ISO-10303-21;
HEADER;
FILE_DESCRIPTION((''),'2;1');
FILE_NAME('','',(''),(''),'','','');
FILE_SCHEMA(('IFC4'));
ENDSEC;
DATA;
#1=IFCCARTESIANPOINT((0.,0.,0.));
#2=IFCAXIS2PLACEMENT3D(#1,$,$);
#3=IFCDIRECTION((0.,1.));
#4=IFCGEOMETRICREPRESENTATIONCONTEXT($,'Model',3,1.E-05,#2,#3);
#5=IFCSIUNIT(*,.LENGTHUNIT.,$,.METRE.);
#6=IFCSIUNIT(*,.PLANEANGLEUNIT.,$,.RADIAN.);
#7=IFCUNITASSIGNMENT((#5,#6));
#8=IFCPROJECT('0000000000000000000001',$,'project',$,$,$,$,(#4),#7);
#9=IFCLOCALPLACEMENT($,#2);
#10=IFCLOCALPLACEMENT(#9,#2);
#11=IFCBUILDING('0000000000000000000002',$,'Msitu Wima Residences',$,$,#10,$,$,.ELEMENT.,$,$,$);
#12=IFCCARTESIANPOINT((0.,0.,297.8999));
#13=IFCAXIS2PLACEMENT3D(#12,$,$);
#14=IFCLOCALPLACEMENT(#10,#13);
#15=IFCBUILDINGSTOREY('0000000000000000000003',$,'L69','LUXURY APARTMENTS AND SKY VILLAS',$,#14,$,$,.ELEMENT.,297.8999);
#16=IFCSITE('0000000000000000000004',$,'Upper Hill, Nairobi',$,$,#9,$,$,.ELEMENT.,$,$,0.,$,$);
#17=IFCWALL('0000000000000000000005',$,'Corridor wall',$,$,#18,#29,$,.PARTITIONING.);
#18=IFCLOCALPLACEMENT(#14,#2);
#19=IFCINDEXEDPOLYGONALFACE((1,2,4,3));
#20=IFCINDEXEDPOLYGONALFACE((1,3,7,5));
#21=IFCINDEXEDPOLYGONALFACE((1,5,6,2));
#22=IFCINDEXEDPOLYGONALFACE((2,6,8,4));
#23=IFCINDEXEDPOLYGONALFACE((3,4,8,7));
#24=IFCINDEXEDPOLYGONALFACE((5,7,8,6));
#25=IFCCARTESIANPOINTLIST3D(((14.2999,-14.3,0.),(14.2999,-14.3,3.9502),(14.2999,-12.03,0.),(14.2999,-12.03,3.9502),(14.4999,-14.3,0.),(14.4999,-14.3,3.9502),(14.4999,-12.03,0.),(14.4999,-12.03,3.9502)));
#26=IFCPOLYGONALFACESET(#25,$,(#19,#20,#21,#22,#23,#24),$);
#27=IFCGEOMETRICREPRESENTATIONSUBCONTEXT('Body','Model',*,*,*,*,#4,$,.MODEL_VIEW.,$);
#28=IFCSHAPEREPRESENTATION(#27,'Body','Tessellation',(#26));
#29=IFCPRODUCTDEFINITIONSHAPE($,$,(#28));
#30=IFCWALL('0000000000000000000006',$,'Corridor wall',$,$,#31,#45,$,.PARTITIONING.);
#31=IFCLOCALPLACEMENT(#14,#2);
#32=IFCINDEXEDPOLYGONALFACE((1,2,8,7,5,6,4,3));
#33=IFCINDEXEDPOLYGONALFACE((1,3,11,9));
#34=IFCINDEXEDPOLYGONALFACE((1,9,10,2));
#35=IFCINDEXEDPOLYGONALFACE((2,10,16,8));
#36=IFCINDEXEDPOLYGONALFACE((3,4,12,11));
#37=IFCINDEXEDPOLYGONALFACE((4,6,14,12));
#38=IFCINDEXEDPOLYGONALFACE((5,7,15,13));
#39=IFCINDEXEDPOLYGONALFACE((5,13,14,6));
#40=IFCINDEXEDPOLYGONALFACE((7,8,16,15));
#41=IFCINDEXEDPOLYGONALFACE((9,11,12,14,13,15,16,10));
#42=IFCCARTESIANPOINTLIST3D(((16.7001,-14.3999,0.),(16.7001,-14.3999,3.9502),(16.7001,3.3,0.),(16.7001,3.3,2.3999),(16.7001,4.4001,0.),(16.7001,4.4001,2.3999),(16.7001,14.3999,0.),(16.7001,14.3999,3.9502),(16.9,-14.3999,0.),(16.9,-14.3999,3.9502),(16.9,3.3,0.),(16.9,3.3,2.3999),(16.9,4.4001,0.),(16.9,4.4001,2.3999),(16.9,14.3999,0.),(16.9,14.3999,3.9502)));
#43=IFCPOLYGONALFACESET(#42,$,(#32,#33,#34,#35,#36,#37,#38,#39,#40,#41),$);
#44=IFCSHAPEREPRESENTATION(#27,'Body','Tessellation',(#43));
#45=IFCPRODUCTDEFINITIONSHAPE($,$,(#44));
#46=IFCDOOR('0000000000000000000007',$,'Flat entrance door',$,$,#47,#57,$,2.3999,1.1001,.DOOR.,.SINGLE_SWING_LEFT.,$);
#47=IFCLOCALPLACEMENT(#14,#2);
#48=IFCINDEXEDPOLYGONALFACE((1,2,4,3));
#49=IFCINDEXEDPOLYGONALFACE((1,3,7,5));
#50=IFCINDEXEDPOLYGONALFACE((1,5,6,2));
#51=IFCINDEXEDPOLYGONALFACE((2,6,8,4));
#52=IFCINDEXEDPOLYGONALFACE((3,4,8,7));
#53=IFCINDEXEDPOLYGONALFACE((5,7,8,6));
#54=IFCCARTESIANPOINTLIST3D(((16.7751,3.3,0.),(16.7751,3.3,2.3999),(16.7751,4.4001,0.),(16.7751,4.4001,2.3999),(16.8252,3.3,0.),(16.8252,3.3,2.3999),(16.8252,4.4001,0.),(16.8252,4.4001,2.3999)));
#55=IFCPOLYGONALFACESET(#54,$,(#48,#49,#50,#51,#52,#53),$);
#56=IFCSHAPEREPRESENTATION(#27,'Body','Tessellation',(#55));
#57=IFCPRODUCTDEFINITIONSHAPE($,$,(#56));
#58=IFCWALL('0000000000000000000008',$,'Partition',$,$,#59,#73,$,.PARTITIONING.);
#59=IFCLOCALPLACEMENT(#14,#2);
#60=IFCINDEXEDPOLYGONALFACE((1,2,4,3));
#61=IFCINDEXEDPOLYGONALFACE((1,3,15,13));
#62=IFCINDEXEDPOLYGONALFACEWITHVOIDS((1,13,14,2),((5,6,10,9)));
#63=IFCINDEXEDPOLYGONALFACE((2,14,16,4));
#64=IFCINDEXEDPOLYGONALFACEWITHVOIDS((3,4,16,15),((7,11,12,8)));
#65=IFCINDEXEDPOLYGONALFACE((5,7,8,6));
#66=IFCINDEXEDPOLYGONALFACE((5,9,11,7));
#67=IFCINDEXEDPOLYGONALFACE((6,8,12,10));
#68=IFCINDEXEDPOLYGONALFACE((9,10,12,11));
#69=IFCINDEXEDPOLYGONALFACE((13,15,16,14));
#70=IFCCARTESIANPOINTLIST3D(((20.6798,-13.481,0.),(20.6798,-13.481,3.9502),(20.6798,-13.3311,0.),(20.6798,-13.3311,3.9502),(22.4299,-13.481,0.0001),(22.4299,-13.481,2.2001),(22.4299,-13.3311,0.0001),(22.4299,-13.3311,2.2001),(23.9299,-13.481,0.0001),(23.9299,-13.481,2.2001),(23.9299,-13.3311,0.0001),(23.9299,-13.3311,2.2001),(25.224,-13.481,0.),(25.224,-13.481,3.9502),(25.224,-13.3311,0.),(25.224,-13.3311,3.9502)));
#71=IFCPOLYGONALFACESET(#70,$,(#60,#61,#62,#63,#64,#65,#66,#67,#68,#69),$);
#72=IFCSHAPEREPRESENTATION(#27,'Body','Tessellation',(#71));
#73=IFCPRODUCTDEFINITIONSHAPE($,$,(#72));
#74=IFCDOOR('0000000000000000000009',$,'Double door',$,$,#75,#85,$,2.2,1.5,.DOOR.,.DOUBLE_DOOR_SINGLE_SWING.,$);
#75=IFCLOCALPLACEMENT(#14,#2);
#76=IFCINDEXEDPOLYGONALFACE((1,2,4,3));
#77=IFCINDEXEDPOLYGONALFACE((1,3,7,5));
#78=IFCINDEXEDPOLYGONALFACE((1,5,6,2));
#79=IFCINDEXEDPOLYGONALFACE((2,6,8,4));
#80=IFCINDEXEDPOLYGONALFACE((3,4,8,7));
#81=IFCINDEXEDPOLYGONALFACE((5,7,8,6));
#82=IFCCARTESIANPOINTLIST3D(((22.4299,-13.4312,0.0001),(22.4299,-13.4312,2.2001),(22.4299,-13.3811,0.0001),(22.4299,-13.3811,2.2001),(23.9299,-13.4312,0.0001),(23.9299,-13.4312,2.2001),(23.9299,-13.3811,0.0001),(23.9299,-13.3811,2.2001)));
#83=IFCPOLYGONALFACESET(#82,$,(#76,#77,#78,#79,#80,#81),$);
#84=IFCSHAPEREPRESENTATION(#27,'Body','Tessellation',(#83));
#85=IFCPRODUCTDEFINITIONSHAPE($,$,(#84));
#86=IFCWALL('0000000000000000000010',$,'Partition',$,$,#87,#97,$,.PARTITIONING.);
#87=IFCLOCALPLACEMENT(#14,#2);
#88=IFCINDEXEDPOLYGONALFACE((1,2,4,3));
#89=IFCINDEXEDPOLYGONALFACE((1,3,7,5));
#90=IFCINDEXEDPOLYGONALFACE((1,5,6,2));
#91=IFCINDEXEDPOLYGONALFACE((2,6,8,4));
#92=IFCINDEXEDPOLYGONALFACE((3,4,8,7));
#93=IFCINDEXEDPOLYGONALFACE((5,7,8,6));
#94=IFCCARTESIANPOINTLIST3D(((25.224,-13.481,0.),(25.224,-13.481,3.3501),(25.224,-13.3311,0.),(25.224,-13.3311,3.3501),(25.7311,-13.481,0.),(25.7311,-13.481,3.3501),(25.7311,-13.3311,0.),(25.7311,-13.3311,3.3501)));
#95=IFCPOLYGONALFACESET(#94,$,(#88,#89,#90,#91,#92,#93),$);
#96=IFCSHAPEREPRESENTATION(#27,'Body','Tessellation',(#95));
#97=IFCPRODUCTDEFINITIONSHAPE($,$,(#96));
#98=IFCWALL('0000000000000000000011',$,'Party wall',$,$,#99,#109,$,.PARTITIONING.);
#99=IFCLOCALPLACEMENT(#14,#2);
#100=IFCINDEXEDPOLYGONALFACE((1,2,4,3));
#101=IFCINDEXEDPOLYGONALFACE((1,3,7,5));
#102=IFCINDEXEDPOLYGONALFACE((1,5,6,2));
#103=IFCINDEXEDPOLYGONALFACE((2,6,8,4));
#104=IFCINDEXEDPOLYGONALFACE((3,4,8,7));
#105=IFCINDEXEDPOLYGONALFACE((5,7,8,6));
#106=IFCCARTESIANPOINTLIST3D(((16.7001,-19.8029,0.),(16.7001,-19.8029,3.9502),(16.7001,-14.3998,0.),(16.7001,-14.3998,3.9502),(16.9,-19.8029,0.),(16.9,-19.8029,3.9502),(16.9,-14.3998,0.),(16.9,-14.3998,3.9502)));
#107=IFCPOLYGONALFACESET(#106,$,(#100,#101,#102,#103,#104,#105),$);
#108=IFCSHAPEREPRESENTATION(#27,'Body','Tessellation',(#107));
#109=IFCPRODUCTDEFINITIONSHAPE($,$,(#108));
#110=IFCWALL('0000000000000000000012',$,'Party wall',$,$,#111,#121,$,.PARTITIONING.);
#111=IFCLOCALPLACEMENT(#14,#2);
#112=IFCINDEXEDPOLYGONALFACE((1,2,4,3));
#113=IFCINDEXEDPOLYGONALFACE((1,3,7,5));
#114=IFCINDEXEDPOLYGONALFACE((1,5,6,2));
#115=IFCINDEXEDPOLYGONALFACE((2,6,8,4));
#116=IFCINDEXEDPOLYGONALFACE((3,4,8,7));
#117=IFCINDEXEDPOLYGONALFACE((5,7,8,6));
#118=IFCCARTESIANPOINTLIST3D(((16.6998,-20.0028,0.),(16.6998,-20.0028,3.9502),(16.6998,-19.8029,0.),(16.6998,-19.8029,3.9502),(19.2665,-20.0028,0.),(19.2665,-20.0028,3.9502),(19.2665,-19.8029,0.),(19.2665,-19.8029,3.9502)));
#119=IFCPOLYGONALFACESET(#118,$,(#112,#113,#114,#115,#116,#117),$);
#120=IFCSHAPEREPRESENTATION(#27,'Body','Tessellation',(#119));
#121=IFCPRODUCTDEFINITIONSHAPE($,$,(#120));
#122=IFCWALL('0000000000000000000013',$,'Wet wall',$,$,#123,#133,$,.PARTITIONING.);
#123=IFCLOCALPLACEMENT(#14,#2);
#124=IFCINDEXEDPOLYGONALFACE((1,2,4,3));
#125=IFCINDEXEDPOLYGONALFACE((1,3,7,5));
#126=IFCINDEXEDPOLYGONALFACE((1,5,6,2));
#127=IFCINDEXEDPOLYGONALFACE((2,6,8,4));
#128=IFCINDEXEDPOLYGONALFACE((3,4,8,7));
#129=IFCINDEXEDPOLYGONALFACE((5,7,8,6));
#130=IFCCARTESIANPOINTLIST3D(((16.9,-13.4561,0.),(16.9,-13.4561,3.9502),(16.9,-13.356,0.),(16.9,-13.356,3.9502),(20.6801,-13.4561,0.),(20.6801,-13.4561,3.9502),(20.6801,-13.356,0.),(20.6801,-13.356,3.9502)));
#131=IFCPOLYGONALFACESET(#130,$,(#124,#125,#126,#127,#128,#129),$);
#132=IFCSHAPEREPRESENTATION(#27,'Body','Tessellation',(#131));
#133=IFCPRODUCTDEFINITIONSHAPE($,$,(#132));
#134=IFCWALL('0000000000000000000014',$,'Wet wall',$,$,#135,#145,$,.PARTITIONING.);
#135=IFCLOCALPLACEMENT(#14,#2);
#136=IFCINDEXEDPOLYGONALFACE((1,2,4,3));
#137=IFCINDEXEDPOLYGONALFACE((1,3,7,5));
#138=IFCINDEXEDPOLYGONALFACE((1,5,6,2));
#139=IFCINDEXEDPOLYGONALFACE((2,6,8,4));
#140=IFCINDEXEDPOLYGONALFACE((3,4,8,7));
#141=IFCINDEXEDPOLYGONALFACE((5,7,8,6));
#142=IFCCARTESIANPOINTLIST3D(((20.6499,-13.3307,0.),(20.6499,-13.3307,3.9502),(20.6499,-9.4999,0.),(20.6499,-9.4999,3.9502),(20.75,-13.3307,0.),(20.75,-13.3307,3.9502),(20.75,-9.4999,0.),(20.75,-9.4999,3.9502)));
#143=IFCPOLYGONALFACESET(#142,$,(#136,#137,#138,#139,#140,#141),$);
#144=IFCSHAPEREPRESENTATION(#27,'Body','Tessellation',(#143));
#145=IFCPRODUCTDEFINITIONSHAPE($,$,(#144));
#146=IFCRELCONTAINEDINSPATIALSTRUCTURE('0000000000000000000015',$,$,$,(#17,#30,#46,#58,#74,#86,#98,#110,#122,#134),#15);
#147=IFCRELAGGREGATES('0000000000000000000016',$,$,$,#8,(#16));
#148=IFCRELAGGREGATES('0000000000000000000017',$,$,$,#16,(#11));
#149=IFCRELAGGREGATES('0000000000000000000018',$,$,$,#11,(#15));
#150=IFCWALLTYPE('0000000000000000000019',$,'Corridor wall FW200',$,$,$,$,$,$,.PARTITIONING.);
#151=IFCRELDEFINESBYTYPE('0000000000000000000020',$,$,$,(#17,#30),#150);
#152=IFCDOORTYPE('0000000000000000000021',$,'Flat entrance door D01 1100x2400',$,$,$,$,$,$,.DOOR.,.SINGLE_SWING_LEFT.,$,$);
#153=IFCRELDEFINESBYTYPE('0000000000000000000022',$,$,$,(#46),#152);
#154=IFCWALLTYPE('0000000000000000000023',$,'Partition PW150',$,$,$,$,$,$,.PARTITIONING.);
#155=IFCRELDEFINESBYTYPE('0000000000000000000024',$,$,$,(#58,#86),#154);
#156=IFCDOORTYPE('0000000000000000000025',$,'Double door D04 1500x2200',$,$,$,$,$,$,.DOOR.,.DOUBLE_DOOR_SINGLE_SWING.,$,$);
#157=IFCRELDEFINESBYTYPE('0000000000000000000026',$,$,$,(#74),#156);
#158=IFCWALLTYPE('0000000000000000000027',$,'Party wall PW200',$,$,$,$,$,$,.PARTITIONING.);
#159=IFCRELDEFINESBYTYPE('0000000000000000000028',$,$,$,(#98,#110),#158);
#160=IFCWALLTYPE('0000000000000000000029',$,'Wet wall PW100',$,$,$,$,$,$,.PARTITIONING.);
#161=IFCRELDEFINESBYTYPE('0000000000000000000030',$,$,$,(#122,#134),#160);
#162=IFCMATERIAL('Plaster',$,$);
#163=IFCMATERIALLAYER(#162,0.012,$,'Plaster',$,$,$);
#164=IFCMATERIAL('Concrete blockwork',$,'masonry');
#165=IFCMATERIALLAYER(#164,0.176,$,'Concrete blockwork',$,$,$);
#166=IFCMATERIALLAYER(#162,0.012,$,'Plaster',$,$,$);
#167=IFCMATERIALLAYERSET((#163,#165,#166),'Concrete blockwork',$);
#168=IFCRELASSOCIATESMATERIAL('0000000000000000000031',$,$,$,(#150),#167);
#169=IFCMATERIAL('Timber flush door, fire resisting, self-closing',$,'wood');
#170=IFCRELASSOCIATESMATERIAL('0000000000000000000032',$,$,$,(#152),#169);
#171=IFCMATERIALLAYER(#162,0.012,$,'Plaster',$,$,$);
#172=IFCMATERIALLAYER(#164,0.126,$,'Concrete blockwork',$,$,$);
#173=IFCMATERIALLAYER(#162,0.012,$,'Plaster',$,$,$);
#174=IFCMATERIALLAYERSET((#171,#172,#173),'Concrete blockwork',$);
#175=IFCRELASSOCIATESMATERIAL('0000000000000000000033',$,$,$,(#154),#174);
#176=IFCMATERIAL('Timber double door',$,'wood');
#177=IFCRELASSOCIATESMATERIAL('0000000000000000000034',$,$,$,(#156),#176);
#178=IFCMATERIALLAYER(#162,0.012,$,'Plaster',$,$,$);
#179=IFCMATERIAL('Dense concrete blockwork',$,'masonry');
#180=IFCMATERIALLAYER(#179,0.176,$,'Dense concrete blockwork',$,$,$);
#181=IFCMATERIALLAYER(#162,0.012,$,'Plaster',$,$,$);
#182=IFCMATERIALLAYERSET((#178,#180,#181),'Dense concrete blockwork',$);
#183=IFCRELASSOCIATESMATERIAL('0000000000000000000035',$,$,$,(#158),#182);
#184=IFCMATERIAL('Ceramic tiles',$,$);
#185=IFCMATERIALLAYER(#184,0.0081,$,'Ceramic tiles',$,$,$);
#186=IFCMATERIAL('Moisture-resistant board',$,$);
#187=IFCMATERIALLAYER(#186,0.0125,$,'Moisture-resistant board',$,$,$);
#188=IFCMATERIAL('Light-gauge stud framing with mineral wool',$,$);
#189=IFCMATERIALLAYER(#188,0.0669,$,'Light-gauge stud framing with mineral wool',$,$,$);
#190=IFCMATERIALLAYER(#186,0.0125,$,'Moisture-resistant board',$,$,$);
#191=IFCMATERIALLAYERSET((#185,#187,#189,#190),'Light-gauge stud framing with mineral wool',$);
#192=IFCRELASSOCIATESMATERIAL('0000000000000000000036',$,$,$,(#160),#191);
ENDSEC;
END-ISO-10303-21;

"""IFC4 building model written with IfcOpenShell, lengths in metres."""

from ifc_helpers import new_model, si_unit, direction, frame, frame_2d, origin, place, context, subcontext, project, spatial, rectangle, extrude, material, layer, layer_set, type_object, element, fill, save


model = new_model("IFC4")

# Units and contexts
model_context = context("Model", 3, precision=1e-05, world=origin(), true_north=direction((0.0, 1.0)))
body_context = subcontext(model_context, "Body", "Model", "MODEL_VIEW")
ifc_project = project(units=[si_unit("LENGTHUNIT", "METRE"), si_unit("PLANEANGLEUNIT", "RADIAN")], contexts=[model_context])

# Site, building, storey
site_placement = place(None, origin())
site = spatial("IfcSite", under=ifc_project, at=site_placement, Name="Upper Hill, Nairobi", CompositionType="ELEMENT", RefElevation=0.0)
building_placement = place(site_placement, origin())
building = spatial("IfcBuilding", under=site, at=building_placement, Name="Msitu Wima Residences", CompositionType="ELEMENT")
storey_placement = place(building_placement, frame((0.0, 0.0, 297.8999)))
storey = spatial("IfcBuildingStorey", under=building, at=storey_placement, Name="L69", Description="LUXURY APARTMENTS AND SKY VILLAS", CompositionType="ELEMENT", Elevation=297.8999)

# Wall
ifc_material_1 = material(Name="Plaster")
ifc_layer_1 = layer(ifc_material_1, 0.012, Name="Plaster")
ifc_material_2 = material(Name="Concrete blockwork", Category="masonry")
ifc_layer_2 = layer(ifc_material_2, 0.176, Name="Concrete blockwork")
ifc_layer_3 = layer(ifc_material_1, 0.012, Name="Plaster")
ifc_layer_set_1 = layer_set([ifc_layer_1, ifc_layer_2, ifc_layer_3], Name="Concrete blockwork")
wall_type_1 = type_object("IfcWallType", Name="Corridor wall FW200", PredefinedType="PARTITIONING", material=ifc_layer_set_1)
wall_1_placement = place(storey_placement, frame((14.3999, -14.3, 0.0), z_axis=(0.0, 0.0, 1.0), x_axis=(0.0, 1.0, 0.0)))
element("IfcWall", 1, at=wall_1_placement, inside=storey, type_object=wall_type_1, Name="Corridor wall", PredefinedType="PARTITIONING", context=body_context, shape_type="SweptSolid", body=[
    extrude(rectangle(XDim=2.27, YDim=0.2, at=frame_2d((1.135, 0.0))), origin(), (0.0, 0.0, 1.0), 3.9502),
])

# Walls, openings, doors
wall_2_placement = place(storey_placement, frame((16.8, -14.3999, 0.0), z_axis=(0.0, 0.0, 1.0), x_axis=(0.0, 1.0, 0.0)))
wall_2 = element("IfcWall", 2, at=wall_2_placement, inside=storey, type_object=wall_type_1, Name="Corridor wall", PredefinedType="PARTITIONING", context=body_context, shape_type="SweptSolid", body=[
    extrude(rectangle(XDim=28.7998, YDim=0.2, at=frame_2d((14.3999, 0.0))), origin(), (0.0, 0.0, 1.0), 3.9502),
])
opening_1_placement = place(wall_2_placement, frame((17.7, 0.0, 0.0)))
opening_1 = element("IfcOpeningElement", 3, at=opening_1_placement, cuts=wall_2, PredefinedType="OPENING", context=body_context, shape_type="SweptSolid", body=[
    extrude(rectangle(XDim=1.1001, YDim=2.3999, at=frame_2d((0.55, 1.2))), frame((0.0, 0.1099, 0.0), z_axis=(0.0, -1.0, 0.0), x_axis=(1.0, 0.0, 0.0)), (0.0, 0.0, 1.0), 0.22),
])
ifc_material_3 = material(Name="Timber flush door, fire resisting, self-closing", Category="wood")
door_type_1 = type_object("IfcDoorType", Name="Flat entrance door D01 1100x2400", OperationType="SINGLE_SWING_LEFT", PredefinedType="DOOR", material=ifc_material_3)
door_1_placement = place(opening_1_placement, origin())
door_1 = element("IfcDoor", 4, at=door_1_placement, inside=storey, type_object=door_type_1, Name="Flat entrance door", OperationType="SINGLE_SWING_LEFT", OverallHeight=2.3999, OverallWidth=1.1001, PredefinedType="DOOR", context=body_context, shape_type="SweptSolid", body=[
    extrude(rectangle(XDim=1.1001, YDim=2.3999, at=frame_2d((0.55, 1.2))), frame((0.0, 0.0249, 0.0), z_axis=(0.0, -1.0, 0.0), x_axis=(1.0, 0.0, 0.0)), (0.0, 0.0, 1.0), 0.05),
])
fill(opening_1, door_1)
ifc_layer_4 = layer(ifc_material_1, 0.012, Name="Plaster")
ifc_layer_5 = layer(ifc_material_2, 0.126, Name="Concrete blockwork")
ifc_layer_6 = layer(ifc_material_1, 0.012, Name="Plaster")
ifc_layer_set_2 = layer_set([ifc_layer_4, ifc_layer_5, ifc_layer_6], Name="Concrete blockwork")
wall_type_2 = type_object("IfcWallType", Name="Partition PW150", PredefinedType="PARTITIONING", material=ifc_layer_set_2)
wall_3_placement = place(storey_placement, frame((20.6799, -13.406, 0.0), z_axis=(0.0, 0.0, 1.0), x_axis=(1.0, 0.0, 0.0)))
wall_3 = element("IfcWall", 5, at=wall_3_placement, inside=storey, type_object=wall_type_2, Name="Partition", PredefinedType="PARTITIONING", context=body_context, shape_type="SweptSolid", body=[
    extrude(rectangle(XDim=4.5442, YDim=0.1499, at=frame_2d((2.272, 0.0))), origin(), (0.0, 0.0, 1.0), 3.9502),
])
opening_2_placement = place(wall_3_placement, frame((1.75, 0.0, 0.0)))
opening_2 = element("IfcOpeningElement", 6, at=opening_2_placement, cuts=wall_3, PredefinedType="OPENING", context=body_context, shape_type="SweptSolid", body=[
    extrude(rectangle(XDim=1.5, YDim=2.2, at=frame_2d((0.75, 1.1001))), frame((0.0, 0.085, 0.0), z_axis=(0.0, -1.0, 0.0), x_axis=(1.0, 0.0, 0.0)), (0.0, 0.0, 1.0), 0.1699),
])
ifc_material_4 = material(Name="Timber double door", Category="wood")
door_type_2 = type_object("IfcDoorType", Name="Double door D04 1500x2200", OperationType="DOUBLE_DOOR_SINGLE_SWING", PredefinedType="DOOR", material=ifc_material_4)
door_2_placement = place(opening_2_placement, origin())
door_2 = element("IfcDoor", 7, at=door_2_placement, inside=storey, type_object=door_type_2, Name="Double door", OperationType="DOUBLE_DOOR_SINGLE_SWING", OverallHeight=2.2, OverallWidth=1.5, PredefinedType="DOOR", context=body_context, shape_type="SweptSolid", body=[
    extrude(rectangle(XDim=1.5, YDim=2.2, at=frame_2d((0.75, 1.1001))), frame((0.0, 0.0249, 0.0), z_axis=(0.0, -1.0, 0.0), x_axis=(1.0, 0.0, 0.0)), (0.0, 0.0, 1.0), 0.05),
])
fill(opening_2, door_2)

# Walls
wall_4_placement = place(storey_placement, frame((25.2241, -13.406, 0.0), z_axis=(0.0, 0.0, 1.0), x_axis=(1.0, 0.0, 0.0)))
element("IfcWall", 8, at=wall_4_placement, inside=storey, type_object=wall_type_2, Name="Partition", PredefinedType="PARTITIONING", context=body_context, shape_type="SweptSolid", body=[
    extrude(rectangle(XDim=0.5071, YDim=0.1499, at=frame_2d((0.2534, 0.0))), origin(), (0.0, 0.0, 1.0), 3.3501),
])
ifc_layer_7 = layer(ifc_material_1, 0.012, Name="Plaster")
ifc_material_5 = material(Name="Dense concrete blockwork", Category="masonry")
ifc_layer_8 = layer(ifc_material_5, 0.176, Name="Dense concrete blockwork")
ifc_layer_9 = layer(ifc_material_1, 0.012, Name="Plaster")
ifc_layer_set_3 = layer_set([ifc_layer_7, ifc_layer_8, ifc_layer_9], Name="Dense concrete blockwork")
wall_type_3 = type_object("IfcWallType", Name="Party wall PW200", PredefinedType="PARTITIONING", material=ifc_layer_set_3)
wall_5_placement = place(storey_placement, frame((16.8, -19.803, 0.0), z_axis=(0.0, 0.0, 1.0), x_axis=(0.0, 1.0, 0.0)))
element("IfcWall", 9, at=wall_5_placement, inside=storey, type_object=wall_type_3, Name="Party wall", PredefinedType="PARTITIONING", context=body_context, shape_type="SweptSolid", body=[
    extrude(rectangle(XDim=5.4031, YDim=0.2, at=frame_2d((2.7017, 0.0))), origin(), (0.0, 0.0, 1.0), 3.9502),
])
wall_6_placement = place(storey_placement, frame((16.7, -19.9028, 0.0), z_axis=(0.0, 0.0, 1.0), x_axis=(1.0, 0.0, 0.0)))
element("IfcWall", 10, at=wall_6_placement, inside=storey, type_object=wall_type_3, Name="Party wall", PredefinedType="PARTITIONING", context=body_context, shape_type="SweptSolid", body=[
    extrude(rectangle(XDim=2.5667, YDim=0.2, at=frame_2d((1.2832, 0.0))), origin(), (0.0, 0.0, 1.0), 3.9502),
])
ifc_material_6 = material(Name="Ceramic tiles")
ifc_layer_10 = layer(ifc_material_6, 0.0081, Name="Ceramic tiles")
ifc_material_7 = material(Name="Moisture-resistant board")
ifc_layer_11 = layer(ifc_material_7, 0.0125, Name="Moisture-resistant board")
ifc_material_8 = material(Name="Light-gauge stud framing with mineral wool")
ifc_layer_12 = layer(ifc_material_8, 0.0669, Name="Light-gauge stud framing with mineral wool")
ifc_layer_13 = layer(ifc_material_7, 0.0125, Name="Moisture-resistant board")
ifc_layer_set_4 = layer_set([ifc_layer_10, ifc_layer_11, ifc_layer_12, ifc_layer_13], Name="Light-gauge stud framing with mineral wool")
wall_type_4 = type_object("IfcWallType", Name="Wet wall PW100", PredefinedType="PARTITIONING", material=ifc_layer_set_4)
wall_7_placement = place(storey_placement, frame((16.8999, -13.406, 0.0), z_axis=(0.0, 0.0, 1.0), x_axis=(1.0, 0.0, 0.0)))
element("IfcWall", 11, at=wall_7_placement, inside=storey, type_object=wall_type_4, Name="Wet wall", PredefinedType="PARTITIONING", context=body_context, shape_type="SweptSolid", body=[
    extrude(rectangle(XDim=3.78, YDim=0.1001, at=frame_2d((1.8901, 0.0))), origin(), (0.0, 0.0, 1.0), 3.9502),
])
wall_8_placement = place(storey_placement, frame((20.7, -13.3308, 0.0), z_axis=(0.0, 0.0, 1.0), x_axis=(0.0, 1.0, 0.0)))
element("IfcWall", 12, at=wall_8_placement, inside=storey, type_object=wall_type_4, Name="Wet wall", PredefinedType="PARTITIONING", context=body_context, shape_type="SweptSolid", body=[
    extrude(rectangle(XDim=3.8308, YDim=0.1001, at=frame_2d((1.9155, 0.0))), origin(), (0.0, 0.0, 1.0), 3.9502),
])

save(model, "model.ifc")
